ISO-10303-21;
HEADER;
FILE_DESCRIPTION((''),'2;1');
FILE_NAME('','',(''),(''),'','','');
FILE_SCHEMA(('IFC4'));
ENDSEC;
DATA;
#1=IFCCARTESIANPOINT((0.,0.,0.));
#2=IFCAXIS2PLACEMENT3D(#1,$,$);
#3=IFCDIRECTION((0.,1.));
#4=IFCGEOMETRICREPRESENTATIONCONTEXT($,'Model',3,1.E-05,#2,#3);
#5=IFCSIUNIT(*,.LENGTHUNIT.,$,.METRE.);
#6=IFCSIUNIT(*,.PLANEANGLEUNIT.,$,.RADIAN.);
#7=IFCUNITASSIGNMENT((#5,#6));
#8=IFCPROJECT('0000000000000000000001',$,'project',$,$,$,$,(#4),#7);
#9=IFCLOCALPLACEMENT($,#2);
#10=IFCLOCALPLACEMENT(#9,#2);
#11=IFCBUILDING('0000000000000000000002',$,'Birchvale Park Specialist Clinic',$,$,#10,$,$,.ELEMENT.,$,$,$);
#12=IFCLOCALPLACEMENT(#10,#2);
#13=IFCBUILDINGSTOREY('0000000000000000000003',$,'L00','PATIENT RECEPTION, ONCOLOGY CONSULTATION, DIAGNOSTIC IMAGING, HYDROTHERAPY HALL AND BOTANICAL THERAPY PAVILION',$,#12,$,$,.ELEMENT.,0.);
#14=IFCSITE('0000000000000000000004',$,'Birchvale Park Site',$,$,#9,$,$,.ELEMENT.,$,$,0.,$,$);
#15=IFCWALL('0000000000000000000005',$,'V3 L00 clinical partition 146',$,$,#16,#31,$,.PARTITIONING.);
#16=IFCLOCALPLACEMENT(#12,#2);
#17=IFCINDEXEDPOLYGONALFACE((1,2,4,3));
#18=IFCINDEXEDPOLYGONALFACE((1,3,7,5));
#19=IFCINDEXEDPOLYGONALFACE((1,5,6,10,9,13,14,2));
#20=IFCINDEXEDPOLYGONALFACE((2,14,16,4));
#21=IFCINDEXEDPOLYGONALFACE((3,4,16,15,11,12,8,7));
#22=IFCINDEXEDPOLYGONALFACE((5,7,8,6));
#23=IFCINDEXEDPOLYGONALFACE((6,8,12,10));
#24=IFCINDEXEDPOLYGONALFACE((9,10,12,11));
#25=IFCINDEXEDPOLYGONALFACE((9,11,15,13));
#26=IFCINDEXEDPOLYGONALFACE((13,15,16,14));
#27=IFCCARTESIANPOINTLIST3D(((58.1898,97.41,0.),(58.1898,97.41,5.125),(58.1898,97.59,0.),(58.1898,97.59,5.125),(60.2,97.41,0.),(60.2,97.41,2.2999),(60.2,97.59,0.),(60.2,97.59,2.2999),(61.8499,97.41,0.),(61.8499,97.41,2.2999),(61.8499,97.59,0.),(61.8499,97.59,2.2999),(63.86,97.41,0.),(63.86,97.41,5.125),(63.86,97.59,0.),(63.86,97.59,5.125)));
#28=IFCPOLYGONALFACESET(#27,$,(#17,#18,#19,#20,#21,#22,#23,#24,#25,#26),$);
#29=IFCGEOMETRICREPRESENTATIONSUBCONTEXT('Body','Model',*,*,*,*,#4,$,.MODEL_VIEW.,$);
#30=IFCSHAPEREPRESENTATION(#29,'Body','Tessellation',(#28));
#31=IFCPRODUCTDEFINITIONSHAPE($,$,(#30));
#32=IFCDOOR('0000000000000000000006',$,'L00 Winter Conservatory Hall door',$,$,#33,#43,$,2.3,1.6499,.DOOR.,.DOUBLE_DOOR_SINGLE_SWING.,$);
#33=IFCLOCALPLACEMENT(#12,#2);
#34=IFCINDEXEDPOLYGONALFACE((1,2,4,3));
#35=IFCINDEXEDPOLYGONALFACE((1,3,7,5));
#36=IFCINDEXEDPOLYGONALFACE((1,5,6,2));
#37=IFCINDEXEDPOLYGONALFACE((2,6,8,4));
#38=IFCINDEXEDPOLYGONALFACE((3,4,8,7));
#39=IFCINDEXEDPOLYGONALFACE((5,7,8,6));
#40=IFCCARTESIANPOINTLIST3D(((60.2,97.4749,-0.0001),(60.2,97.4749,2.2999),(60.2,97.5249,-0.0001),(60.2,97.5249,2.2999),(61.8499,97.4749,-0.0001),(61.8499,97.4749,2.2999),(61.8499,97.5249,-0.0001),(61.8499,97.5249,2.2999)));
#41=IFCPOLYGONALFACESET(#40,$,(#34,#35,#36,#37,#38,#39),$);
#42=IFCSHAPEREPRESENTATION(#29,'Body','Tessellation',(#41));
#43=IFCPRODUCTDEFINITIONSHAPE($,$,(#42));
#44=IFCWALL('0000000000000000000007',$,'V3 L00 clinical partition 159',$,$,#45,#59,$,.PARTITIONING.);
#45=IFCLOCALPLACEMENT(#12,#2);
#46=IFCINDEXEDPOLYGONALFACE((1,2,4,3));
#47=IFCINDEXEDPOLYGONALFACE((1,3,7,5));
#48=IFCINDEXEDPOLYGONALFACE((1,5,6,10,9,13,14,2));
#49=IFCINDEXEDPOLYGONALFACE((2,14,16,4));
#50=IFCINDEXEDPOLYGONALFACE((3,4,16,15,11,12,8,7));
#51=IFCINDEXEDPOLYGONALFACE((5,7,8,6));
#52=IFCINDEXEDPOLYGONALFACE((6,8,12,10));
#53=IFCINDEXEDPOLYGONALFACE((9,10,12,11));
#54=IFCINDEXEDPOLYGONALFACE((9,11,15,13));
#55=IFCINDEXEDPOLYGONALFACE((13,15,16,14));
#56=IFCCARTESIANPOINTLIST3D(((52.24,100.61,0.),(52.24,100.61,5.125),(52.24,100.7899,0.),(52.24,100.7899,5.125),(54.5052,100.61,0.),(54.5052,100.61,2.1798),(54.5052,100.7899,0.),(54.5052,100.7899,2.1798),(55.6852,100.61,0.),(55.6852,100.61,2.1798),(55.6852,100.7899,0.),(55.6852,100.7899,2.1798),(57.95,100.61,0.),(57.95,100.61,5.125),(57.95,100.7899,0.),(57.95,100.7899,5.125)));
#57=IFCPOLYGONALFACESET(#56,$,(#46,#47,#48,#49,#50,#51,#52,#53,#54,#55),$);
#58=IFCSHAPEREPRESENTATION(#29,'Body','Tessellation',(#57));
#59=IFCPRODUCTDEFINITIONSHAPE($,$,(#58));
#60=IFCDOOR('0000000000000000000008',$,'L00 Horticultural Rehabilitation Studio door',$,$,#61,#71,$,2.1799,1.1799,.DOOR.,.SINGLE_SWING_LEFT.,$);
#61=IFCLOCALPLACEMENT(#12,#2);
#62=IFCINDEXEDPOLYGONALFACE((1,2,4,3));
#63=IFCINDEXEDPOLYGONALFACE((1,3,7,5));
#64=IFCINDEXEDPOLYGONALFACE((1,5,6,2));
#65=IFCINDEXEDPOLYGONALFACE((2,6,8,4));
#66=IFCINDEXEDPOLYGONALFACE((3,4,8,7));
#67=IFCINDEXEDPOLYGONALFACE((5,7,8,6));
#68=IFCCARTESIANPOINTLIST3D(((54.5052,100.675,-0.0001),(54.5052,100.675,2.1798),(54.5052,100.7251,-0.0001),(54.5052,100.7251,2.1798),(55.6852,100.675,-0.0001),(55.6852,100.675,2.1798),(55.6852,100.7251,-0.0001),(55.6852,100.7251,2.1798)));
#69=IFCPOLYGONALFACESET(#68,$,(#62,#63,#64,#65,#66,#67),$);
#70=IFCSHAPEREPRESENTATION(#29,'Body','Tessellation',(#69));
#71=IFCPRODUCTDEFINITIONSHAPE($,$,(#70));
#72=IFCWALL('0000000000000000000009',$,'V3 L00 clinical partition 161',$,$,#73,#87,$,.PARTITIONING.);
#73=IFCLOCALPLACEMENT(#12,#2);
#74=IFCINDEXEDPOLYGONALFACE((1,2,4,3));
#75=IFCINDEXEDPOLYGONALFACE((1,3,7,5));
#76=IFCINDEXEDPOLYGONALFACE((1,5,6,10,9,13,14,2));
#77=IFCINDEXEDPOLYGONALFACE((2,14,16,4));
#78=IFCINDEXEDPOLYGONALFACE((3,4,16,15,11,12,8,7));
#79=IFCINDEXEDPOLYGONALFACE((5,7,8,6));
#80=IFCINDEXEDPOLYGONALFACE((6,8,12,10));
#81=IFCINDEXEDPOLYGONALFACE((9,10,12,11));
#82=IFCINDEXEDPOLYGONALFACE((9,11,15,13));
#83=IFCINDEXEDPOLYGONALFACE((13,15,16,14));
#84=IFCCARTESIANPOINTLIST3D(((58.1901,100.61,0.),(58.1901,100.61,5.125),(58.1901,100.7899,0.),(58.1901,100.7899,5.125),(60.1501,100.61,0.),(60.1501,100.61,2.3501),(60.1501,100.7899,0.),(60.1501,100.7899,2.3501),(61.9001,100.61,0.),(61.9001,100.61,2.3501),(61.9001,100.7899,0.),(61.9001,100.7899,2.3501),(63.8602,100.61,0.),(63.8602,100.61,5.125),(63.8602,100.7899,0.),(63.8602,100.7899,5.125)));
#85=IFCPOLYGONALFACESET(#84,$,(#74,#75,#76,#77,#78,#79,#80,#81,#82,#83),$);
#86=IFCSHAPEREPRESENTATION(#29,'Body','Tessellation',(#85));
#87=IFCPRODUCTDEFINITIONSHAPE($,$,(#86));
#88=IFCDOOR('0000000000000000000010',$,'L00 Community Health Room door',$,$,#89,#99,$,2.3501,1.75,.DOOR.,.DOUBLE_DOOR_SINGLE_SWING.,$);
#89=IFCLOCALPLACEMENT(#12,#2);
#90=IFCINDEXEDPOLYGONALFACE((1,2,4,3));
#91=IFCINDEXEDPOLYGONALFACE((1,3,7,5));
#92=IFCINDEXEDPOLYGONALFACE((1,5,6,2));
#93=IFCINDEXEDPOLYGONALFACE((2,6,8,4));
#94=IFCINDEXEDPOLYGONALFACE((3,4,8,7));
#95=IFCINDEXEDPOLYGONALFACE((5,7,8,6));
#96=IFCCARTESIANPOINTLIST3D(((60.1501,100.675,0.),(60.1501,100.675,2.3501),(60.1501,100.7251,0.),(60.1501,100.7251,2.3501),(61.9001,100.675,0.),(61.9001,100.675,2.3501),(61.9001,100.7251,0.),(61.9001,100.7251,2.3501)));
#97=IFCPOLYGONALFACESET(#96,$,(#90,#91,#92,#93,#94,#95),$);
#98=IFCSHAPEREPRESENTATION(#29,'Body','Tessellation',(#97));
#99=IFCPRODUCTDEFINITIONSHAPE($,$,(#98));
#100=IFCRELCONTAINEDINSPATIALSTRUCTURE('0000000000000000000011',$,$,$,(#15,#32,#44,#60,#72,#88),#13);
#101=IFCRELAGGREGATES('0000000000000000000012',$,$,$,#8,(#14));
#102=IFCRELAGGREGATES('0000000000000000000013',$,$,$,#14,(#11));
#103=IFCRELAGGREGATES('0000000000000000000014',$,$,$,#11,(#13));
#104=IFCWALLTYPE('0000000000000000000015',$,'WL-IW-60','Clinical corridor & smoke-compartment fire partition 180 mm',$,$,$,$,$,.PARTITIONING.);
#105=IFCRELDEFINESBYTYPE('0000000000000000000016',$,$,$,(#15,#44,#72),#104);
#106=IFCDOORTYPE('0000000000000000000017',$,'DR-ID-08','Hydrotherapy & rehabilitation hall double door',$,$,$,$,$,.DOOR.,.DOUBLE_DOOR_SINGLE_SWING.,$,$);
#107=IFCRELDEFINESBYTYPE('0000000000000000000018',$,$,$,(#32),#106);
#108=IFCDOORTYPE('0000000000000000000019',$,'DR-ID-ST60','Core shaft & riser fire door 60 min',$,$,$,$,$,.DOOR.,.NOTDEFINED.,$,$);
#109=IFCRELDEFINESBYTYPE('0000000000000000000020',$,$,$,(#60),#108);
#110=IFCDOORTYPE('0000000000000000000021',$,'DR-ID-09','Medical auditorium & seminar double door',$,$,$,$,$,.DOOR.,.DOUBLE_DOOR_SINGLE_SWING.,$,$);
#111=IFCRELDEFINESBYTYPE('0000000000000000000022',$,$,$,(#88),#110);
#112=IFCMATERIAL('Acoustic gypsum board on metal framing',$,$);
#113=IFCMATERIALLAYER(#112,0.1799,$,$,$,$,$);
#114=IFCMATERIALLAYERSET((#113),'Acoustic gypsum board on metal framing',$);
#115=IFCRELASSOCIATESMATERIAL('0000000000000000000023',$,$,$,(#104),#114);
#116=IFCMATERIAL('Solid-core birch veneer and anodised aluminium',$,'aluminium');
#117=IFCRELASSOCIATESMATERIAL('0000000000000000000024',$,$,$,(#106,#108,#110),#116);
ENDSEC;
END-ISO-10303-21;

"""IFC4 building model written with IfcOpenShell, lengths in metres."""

from ifc_helpers import new_model, si_unit, direction, frame, frame_2d, origin, place, context, subcontext, project, spatial, rectangle, extrude, material, layer, layer_set, type_object, element, fill, save


model = new_model("IFC4")

# Units and contexts
model_context = context("Model", 3, precision=1e-05, world=origin(), true_north=direction((0.0, 1.0)))
body_context = subcontext(model_context, "Body", "Model", "MODEL_VIEW")
ifc_project = project(units=[si_unit("LENGTHUNIT", "METRE"), si_unit("PLANEANGLEUNIT", "RADIAN")], contexts=[model_context])

# Site, building, storey
site_placement = place(None, origin())
site = spatial("IfcSite", under=ifc_project, at=site_placement, Name="Birchvale Park Site", CompositionType="ELEMENT", RefElevation=0.0)
building_placement = place(site_placement, origin())
building = spatial("IfcBuilding", under=site, at=building_placement, Name="Birchvale Park Specialist Clinic", CompositionType="ELEMENT")
storey_placement = place(building_placement, origin())
storey = spatial("IfcBuildingStorey", under=building, at=storey_placement, Name="L00", Description="PATIENT RECEPTION, ONCOLOGY CONSULTATION, DIAGNOSTIC IMAGING, HYDROTHERAPY HALL AND BOTANICAL THERAPY PAVILION", CompositionType="ELEMENT", Elevation=0.0)

# Shared definitions
ifc_material_1 = material(Name="Acoustic gypsum board on metal framing")

# Walls, openings, doors
ifc_layer_1 = layer(ifc_material_1, 0.1799)
ifc_layer_set_1 = layer_set([ifc_layer_1], Name="Acoustic gypsum board on metal framing")
wall_type_1 = type_object("IfcWallType", Name="WL-IW-60", Description="Clinical corridor & smoke-compartment fire partition 180 mm", PredefinedType="PARTITIONING", material=ifc_layer_set_1)
wall_1_placement = place(storey_placement, frame((58.1899, 97.5, 0.0), z_axis=(0.0, 0.0, 1.0), x_axis=(1.0, 0.0, 0.0)))
wall_1 = element("IfcWall", 1, at=wall_1_placement, inside=storey, type_object=wall_type_1, Name="V3 L00 clinical partition 146", PredefinedType="PARTITIONING", context=body_context, shape_type="SweptSolid", body=[
    extrude(rectangle(XDim=5.6702, YDim=0.1799, at=frame_2d((2.835, 0.0))), origin(), (0.0, 0.0, 1.0), 5.125),
])
opening_1_placement = place(wall_1_placement, frame((2.01, 0.0, 0.0)))
opening_1 = element("IfcOpeningElement", 2, at=opening_1_placement, cuts=wall_1, PredefinedType="OPENING", context=body_context, shape_type="SweptSolid", body=[
    extrude(rectangle(XDim=1.6499, YDim=2.3, at=frame_2d((0.825, 1.1499))), frame((0.0, 0.1001, 0.0), z_axis=(0.0, -1.0, 0.0), x_axis=(1.0, 0.0, 0.0)), (0.0, 0.0, 1.0), 0.2),
])
ifc_material_2 = material(Name="Solid-core birch veneer and anodised aluminium", Category="aluminium")
door_type_1 = type_object("IfcDoorType", Name="DR-ID-08", Description="Hydrotherapy & rehabilitation hall double door", OperationType="DOUBLE_DOOR_SINGLE_SWING", PredefinedType="DOOR", material=ifc_material_2)
door_1_placement = place(opening_1_placement, origin())
door_1 = element("IfcDoor", 3, at=door_1_placement, inside=storey, type_object=door_type_1, Name="L00 Winter Conservatory Hall door", OperationType="DOUBLE_DOOR_SINGLE_SWING", OverallHeight=2.3, OverallWidth=1.6499, PredefinedType="DOOR", context=body_context, shape_type="SweptSolid", body=[
    extrude(rectangle(XDim=1.6499, YDim=2.3, at=frame_2d((0.825, 1.1499))), frame((0.0, 0.0249, 0.0), z_axis=(0.0, -1.0, 0.0), x_axis=(1.0, 0.0, 0.0)), (0.0, 0.0, 1.0), 0.05),
])
fill(opening_1, door_1)
wall_2_placement = place(storey_placement, frame((57.95, 100.7, 0.0), z_axis=(0.0, 0.0, 1.0), x_axis=(-1.0, 0.0, 0.0)))
wall_2 = element("IfcWall", 4, at=wall_2_placement, inside=storey, type_object=wall_type_1, Name="V3 L00 clinical partition 159", PredefinedType="PARTITIONING", context=body_context, shape_type="SweptSolid", body=[
    extrude(rectangle(XDim=5.71, YDim=0.1799, at=frame_2d((2.855, 0.0))), origin(), (0.0, 0.0, 1.0), 5.125),
])
opening_2_placement = place(wall_2_placement, frame((2.2649, 0.0, 0.0)))
opening_2 = element("IfcOpeningElement", 5, at=opening_2_placement, cuts=wall_2, PredefinedType="OPENING", context=body_context, shape_type="SweptSolid", body=[
    extrude(rectangle(XDim=1.1799, YDim=2.1799, at=frame_2d((0.5898, 1.0898))), frame((0.0, 0.1001, 0.0), z_axis=(0.0, -1.0, 0.0), x_axis=(1.0, 0.0, 0.0)), (0.0, 0.0, 1.0), 0.2),
])
door_type_2 = type_object("IfcDoorType", Name="DR-ID-ST60", Description="Core shaft & riser fire door 60 min", OperationType="NOTDEFINED", PredefinedType="DOOR", material=ifc_material_2)
door_2_placement = place(opening_2_placement, origin())
door_2 = element("IfcDoor", 6, at=door_2_placement, inside=storey, type_object=door_type_2, Name="L00 Horticultural Rehabilitation Studio door", OperationType="SINGLE_SWING_LEFT", OverallHeight=2.1799, OverallWidth=1.1799, PredefinedType="DOOR", context=body_context, shape_type="SweptSolid", body=[
    extrude(rectangle(XDim=1.1799, YDim=2.1799, at=frame_2d((0.5898, 1.0898))), frame((0.0, 0.0249, 0.0), z_axis=(0.0, -1.0, 0.0), x_axis=(1.0, 0.0, 0.0)), (0.0, 0.0, 1.0), 0.05),
])
fill(opening_2, door_2)
wall_3_placement = place(storey_placement, frame((63.8601, 100.7, 0.0), z_axis=(0.0, 0.0, 1.0), x_axis=(-1.0, 0.0, 0.0)))
wall_3 = element("IfcWall", 7, at=wall_3_placement, inside=storey, type_object=wall_type_1, Name="V3 L00 clinical partition 161", PredefinedType="PARTITIONING", context=body_context, shape_type="SweptSolid", body=[
    extrude(rectangle(XDim=5.6702, YDim=0.1799, at=frame_2d((2.835, 0.0))), origin(), (0.0, 0.0, 1.0), 5.125),
])
opening_3_placement = place(wall_3_placement, frame((1.96, 0.0, 0.0)))
opening_3 = element("IfcOpeningElement", 8, at=opening_3_placement, cuts=wall_3, PredefinedType="OPENING", context=body_context, shape_type="SweptSolid", body=[
    extrude(rectangle(XDim=1.75, YDim=2.3501, at=frame_2d((0.875, 1.175))), frame((0.0, 0.1001, 0.0), z_axis=(0.0, -1.0, 0.0), x_axis=(1.0, 0.0, 0.0)), (0.0, 0.0, 1.0), 0.2),
])
door_type_3 = type_object("IfcDoorType", Name="DR-ID-09", Description="Medical auditorium & seminar double door", OperationType="DOUBLE_DOOR_SINGLE_SWING", PredefinedType="DOOR", material=ifc_material_2)
door_3_placement = place(opening_3_placement, origin())
door_3 = element("IfcDoor", 9, at=door_3_placement, inside=storey, type_object=door_type_3, Name="L00 Community Health Room door", OperationType="DOUBLE_DOOR_SINGLE_SWING", OverallHeight=2.3501, OverallWidth=1.75, PredefinedType="DOOR", context=body_context, shape_type="SweptSolid", body=[
    extrude(rectangle(XDim=1.75, YDim=2.3501, at=frame_2d((0.875, 1.175))), frame((0.0, 0.0249, 0.0), z_axis=(0.0, -1.0, 0.0), x_axis=(1.0, 0.0, 0.0)), (0.0, 0.0, 1.0), 0.05),
])
fill(opening_3, door_3)

save(model, "model.ifc")
